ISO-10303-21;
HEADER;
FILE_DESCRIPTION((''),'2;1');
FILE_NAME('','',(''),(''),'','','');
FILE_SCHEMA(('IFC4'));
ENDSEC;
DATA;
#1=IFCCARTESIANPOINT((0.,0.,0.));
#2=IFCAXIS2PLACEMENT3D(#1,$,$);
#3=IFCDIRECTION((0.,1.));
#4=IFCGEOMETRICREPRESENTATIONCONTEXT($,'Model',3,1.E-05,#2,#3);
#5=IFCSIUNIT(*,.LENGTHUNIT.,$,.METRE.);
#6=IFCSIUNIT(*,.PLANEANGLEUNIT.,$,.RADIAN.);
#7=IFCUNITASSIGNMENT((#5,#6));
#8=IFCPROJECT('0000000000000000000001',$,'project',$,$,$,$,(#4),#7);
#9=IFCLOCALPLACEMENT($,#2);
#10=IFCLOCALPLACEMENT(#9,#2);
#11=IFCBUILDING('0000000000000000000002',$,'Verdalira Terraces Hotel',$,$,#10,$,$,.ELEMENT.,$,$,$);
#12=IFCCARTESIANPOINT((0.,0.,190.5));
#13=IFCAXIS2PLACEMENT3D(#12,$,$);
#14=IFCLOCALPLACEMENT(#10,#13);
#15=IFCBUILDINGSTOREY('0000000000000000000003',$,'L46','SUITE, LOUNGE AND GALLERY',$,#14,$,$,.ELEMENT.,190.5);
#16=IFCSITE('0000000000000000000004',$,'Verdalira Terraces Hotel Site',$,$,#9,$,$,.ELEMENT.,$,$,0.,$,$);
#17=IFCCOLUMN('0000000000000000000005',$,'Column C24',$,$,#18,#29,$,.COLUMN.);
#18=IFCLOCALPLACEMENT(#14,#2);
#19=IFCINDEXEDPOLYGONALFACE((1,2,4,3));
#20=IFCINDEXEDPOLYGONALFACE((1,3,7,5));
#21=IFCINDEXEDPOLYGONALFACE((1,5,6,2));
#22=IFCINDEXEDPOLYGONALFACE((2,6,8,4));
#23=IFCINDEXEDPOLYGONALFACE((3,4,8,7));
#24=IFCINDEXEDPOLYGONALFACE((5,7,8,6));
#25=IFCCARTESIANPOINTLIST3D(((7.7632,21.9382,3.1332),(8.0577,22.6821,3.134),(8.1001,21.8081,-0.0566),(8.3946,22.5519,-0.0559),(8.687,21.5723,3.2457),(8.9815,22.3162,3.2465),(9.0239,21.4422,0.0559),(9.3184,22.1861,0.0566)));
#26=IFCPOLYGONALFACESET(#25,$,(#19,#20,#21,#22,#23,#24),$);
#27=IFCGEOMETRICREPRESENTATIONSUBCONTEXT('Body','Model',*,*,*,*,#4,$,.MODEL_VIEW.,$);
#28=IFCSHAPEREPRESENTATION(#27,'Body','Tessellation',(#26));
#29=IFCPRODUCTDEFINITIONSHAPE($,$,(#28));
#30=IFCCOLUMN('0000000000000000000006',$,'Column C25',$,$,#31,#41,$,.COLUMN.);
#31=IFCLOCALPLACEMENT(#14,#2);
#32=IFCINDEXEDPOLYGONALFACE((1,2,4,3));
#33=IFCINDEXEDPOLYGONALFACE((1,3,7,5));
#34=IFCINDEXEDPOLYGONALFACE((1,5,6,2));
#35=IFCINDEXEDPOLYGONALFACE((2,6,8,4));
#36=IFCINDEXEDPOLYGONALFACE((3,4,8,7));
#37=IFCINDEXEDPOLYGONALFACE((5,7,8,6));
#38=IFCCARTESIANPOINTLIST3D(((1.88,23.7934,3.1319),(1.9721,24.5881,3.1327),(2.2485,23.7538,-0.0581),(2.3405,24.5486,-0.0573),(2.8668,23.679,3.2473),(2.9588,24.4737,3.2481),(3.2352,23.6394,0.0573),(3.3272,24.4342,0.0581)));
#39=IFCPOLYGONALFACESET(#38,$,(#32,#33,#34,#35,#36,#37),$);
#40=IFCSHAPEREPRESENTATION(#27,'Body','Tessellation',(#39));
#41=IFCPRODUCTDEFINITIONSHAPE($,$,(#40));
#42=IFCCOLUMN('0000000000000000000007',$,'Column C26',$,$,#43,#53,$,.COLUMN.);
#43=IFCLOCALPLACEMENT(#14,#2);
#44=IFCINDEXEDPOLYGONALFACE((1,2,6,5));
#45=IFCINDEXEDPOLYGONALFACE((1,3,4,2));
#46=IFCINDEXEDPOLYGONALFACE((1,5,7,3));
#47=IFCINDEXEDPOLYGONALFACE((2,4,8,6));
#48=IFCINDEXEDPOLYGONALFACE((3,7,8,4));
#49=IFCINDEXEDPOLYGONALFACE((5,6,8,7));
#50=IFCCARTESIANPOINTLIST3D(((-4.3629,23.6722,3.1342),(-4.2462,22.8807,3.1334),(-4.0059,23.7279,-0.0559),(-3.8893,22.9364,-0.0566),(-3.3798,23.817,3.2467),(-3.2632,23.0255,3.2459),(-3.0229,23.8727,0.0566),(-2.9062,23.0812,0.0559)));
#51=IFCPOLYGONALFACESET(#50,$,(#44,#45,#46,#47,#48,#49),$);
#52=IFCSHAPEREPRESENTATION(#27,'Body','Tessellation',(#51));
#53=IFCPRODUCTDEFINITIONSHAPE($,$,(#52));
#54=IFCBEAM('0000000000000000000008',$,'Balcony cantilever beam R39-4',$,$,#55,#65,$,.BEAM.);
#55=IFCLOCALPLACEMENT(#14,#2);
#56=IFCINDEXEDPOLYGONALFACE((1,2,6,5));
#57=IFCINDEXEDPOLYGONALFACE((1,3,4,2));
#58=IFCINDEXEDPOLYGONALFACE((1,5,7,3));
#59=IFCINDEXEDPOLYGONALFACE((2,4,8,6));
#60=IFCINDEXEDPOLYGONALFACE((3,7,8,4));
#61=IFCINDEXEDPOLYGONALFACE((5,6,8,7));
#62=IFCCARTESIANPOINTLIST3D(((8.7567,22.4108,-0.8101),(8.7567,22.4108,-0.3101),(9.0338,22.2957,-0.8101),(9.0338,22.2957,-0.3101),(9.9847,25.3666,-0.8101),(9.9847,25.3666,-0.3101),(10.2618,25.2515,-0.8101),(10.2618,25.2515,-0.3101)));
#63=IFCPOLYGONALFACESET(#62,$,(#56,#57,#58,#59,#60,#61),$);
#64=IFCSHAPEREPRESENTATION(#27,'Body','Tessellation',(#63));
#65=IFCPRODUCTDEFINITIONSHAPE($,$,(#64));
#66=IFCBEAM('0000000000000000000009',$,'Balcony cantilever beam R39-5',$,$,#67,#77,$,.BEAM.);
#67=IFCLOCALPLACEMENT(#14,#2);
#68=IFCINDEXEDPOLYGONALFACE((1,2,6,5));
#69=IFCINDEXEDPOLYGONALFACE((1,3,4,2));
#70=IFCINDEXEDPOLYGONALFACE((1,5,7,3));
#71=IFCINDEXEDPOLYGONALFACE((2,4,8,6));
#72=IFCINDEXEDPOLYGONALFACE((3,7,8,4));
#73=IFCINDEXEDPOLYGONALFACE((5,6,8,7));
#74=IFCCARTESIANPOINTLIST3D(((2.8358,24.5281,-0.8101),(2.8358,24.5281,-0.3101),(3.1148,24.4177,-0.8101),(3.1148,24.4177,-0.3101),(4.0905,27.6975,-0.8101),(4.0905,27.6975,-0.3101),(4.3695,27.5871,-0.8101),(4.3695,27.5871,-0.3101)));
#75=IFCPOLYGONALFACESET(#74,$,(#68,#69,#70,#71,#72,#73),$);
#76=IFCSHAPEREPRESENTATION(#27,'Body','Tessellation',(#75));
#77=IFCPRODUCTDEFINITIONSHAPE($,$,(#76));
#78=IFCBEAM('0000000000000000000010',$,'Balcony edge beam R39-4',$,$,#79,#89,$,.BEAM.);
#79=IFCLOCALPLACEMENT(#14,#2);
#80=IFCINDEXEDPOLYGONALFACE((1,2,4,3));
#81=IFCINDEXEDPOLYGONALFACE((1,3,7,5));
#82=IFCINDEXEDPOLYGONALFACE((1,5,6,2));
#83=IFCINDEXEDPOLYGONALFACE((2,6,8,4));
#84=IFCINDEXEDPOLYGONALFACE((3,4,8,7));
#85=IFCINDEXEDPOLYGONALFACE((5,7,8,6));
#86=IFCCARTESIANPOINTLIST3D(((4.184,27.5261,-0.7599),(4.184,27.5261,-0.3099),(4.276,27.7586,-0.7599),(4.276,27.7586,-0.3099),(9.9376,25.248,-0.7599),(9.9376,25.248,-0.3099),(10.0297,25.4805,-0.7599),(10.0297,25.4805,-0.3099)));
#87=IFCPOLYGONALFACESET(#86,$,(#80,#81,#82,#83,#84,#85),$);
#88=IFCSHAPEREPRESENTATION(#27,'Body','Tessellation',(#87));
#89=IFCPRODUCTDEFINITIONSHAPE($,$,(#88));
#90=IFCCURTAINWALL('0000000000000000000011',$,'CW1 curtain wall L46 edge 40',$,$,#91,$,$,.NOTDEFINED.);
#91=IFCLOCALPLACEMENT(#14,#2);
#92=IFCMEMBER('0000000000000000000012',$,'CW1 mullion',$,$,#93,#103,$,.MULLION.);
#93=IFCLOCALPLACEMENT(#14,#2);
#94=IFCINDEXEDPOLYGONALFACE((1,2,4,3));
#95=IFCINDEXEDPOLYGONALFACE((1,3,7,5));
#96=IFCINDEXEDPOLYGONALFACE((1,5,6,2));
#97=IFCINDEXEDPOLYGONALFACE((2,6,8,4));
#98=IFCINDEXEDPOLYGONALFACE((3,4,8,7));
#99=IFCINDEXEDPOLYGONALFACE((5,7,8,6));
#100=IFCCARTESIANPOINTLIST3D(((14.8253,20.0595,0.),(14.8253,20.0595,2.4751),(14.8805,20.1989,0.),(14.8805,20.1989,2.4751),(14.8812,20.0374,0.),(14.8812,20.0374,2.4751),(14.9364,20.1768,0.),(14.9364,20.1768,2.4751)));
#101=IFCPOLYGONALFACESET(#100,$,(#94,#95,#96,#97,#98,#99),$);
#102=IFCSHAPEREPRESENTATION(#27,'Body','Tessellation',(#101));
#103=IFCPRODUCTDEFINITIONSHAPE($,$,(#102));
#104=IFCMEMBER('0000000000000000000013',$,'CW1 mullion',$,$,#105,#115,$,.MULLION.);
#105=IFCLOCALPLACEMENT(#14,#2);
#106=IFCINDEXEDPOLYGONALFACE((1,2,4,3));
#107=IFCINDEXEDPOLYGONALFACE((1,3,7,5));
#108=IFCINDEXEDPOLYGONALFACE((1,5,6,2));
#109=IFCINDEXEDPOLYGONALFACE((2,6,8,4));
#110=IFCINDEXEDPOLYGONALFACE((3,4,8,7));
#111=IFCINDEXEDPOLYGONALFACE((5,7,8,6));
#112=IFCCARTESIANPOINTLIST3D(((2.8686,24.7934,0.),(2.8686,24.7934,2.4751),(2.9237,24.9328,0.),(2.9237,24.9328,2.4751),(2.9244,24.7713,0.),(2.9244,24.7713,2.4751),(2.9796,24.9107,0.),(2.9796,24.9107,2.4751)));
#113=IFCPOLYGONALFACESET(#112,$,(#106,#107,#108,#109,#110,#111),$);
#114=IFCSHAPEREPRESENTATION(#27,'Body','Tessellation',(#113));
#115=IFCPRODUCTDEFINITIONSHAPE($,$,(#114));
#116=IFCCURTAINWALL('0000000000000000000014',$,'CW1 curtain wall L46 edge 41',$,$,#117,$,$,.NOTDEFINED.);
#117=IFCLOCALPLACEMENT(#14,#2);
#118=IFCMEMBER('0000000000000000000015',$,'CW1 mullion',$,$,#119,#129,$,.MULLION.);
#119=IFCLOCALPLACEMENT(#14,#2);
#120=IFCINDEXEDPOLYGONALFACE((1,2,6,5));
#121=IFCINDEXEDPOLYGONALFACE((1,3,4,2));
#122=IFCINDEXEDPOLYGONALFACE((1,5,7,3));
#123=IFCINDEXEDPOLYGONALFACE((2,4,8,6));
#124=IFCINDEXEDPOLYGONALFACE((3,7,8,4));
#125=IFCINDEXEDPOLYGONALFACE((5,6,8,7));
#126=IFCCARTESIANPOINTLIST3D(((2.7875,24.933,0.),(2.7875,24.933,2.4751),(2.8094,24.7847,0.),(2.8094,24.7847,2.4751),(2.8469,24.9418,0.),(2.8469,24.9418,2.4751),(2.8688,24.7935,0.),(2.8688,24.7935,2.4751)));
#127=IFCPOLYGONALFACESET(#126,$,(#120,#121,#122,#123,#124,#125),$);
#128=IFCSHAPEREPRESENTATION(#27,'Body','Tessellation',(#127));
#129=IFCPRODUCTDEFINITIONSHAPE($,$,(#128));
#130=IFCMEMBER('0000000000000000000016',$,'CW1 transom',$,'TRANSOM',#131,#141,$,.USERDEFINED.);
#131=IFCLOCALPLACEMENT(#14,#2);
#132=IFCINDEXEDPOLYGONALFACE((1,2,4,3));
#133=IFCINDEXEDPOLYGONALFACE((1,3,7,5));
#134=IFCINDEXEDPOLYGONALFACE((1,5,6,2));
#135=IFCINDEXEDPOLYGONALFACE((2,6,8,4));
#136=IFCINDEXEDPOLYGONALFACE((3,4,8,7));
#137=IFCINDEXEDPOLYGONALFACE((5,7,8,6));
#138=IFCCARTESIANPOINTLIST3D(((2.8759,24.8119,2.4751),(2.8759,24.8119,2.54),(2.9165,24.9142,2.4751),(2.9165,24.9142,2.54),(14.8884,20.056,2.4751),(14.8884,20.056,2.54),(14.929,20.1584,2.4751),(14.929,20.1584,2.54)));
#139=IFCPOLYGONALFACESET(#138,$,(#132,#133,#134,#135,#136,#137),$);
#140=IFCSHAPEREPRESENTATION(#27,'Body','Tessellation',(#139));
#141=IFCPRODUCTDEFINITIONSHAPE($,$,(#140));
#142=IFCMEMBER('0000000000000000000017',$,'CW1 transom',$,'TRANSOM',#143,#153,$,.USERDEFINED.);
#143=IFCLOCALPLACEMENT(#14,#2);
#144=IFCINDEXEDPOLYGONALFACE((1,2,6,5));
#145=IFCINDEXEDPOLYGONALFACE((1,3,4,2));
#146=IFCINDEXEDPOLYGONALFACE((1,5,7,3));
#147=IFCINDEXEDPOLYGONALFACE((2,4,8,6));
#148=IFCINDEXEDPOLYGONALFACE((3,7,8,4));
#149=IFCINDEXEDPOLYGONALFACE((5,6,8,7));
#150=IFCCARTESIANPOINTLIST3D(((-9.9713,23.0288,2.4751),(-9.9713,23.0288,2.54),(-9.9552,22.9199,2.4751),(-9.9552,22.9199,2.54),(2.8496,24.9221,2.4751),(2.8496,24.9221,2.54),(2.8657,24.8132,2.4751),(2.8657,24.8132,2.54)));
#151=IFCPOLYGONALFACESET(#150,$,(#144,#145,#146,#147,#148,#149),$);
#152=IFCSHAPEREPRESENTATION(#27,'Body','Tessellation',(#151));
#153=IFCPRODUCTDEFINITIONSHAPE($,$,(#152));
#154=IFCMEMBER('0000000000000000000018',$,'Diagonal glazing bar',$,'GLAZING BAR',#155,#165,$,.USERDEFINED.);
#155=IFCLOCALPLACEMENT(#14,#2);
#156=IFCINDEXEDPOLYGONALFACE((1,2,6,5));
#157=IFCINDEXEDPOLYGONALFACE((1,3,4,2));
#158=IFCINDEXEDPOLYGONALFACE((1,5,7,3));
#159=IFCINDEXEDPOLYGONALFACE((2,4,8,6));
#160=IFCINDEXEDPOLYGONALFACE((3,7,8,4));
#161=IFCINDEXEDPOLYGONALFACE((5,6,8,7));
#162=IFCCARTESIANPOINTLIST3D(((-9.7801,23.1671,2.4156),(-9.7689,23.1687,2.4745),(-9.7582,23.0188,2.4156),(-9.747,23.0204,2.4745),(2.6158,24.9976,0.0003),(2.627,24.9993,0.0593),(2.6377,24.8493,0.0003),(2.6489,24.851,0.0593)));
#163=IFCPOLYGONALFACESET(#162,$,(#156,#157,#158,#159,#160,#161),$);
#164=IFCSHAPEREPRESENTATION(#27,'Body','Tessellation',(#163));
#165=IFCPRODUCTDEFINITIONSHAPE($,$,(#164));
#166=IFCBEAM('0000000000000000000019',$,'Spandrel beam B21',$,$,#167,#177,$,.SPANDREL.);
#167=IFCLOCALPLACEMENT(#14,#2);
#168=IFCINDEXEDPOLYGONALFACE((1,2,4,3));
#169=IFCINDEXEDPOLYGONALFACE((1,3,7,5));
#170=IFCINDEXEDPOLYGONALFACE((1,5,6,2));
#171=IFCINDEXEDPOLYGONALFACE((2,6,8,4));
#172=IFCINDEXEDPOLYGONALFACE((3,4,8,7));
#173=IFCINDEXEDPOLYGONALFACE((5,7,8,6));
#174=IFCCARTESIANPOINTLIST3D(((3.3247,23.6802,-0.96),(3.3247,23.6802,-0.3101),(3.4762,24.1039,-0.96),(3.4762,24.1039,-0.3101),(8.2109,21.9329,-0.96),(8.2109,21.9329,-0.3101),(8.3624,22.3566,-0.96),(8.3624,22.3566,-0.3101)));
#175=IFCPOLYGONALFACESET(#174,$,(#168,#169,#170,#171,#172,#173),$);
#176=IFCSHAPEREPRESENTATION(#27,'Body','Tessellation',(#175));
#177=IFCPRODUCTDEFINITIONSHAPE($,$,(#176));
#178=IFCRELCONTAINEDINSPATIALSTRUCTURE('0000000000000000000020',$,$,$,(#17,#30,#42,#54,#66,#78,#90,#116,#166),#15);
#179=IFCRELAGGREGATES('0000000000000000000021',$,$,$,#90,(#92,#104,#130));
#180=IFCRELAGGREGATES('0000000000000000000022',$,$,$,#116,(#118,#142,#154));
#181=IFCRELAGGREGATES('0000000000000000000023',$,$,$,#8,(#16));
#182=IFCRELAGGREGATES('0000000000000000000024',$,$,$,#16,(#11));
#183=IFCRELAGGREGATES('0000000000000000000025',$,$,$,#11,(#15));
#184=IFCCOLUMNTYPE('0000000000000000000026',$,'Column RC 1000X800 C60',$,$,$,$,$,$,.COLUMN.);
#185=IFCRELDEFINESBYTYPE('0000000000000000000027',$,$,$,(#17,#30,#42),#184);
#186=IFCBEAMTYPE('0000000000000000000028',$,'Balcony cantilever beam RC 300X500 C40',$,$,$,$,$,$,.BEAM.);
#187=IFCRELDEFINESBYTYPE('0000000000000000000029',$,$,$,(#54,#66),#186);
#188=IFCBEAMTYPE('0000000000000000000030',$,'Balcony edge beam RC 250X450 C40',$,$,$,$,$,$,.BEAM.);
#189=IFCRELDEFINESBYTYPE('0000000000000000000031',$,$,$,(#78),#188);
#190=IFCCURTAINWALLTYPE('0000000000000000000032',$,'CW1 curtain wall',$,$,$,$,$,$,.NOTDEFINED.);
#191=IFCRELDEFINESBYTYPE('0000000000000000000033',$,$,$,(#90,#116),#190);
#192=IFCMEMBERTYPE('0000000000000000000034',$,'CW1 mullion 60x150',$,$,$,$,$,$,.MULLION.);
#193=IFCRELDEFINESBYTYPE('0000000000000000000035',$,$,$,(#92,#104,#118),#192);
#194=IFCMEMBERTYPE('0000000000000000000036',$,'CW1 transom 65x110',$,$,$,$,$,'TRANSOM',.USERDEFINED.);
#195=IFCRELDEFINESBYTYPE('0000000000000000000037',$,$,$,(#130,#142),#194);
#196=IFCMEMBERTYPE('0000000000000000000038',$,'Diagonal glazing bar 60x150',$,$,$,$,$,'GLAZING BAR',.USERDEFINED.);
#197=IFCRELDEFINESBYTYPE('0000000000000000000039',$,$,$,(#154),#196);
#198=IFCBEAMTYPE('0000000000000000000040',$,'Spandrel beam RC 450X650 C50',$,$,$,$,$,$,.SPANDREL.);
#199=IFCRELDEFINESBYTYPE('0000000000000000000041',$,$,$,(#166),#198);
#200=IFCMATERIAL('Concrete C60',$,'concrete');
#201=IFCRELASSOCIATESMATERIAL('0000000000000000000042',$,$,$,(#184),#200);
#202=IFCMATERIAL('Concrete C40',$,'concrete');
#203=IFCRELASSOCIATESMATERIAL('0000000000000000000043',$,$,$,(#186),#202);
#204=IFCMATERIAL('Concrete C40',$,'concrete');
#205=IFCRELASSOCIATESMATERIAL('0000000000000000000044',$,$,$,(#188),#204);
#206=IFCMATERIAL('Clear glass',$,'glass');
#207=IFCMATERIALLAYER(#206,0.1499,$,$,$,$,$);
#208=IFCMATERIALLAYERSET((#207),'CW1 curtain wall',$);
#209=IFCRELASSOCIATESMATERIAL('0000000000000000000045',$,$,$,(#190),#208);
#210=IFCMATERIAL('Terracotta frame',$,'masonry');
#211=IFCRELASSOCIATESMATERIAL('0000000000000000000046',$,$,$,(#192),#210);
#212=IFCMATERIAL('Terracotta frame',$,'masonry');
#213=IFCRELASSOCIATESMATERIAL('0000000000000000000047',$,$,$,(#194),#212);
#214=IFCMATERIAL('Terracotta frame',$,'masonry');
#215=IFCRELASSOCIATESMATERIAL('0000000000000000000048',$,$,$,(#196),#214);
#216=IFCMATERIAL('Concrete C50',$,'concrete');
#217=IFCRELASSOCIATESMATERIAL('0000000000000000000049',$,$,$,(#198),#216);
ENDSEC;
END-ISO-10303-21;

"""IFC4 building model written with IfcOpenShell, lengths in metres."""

from ifc_helpers import new_model, si_unit, direction, frame, origin, origin_2d, place, context, subcontext, project, spatial, rectangle, extrude, material, layer, layer_set, material_profile, profile_set, type_object, element, aggregate, save


model = new_model("IFC4")

# Units and contexts
model_context = context("Model", 3, precision=1e-05, world=origin(), true_north=direction((0.0, 1.0)))
body_context = subcontext(model_context, "Body", "Model", "MODEL_VIEW")
ifc_project = project(units=[si_unit("LENGTHUNIT", "METRE"), si_unit("PLANEANGLEUNIT", "RADIAN")], contexts=[model_context])

# Site, building, storey
site_placement = place(None, origin())
site = spatial("IfcSite", under=ifc_project, at=site_placement, Name="Verdalira Terraces Hotel Site", CompositionType="ELEMENT", RefElevation=0.0)
building_placement = place(site_placement, origin())
building = spatial("IfcBuilding", under=site, at=building_placement, Name="Verdalira Terraces Hotel", CompositionType="ELEMENT")
storey_placement = place(building_placement, frame((0.0, 0.0, 190.5)))
storey = spatial("IfcBuildingStorey", under=building, at=storey_placement, Name="L46", Description="SUITE, LOUNGE AND GALLERY", CompositionType="ELEMENT", Elevation=190.5)

# Columns
ifc_material_1 = material(Name="Concrete C60", Category="concrete")
ifc_material_profile_1 = material_profile(ifc_material_1, rectangle(XDim=1.0, YDim=0.8, at=origin_2d()), Name="RC 1000X800")
ifc_profile_set_1 = profile_set([ifc_material_profile_1], Name="Concrete C60")
column_type = type_object("IfcColumnType", Name="Column RC 1000X800 C60", PredefinedType="COLUMN", material=ifc_profile_set_1)
column_1_placement = place(storey_placement, frame((8.7092, 21.9971, 0.0), z_axis=(-0.104947, 0.040534, 0.993651), x_axis=(-0.923846, 0.365858, -0.112499)))
element("IfcColumn", 1, at=column_1_placement, inside=storey, type_object=column_type, Name="Column C24", PredefinedType="COLUMN", context=body_context, shape_type="SweptSolid", body=[
    extrude(rectangle(XDim=1.0, YDim=0.8, at=origin_2d()), origin(), (0.0, 0.0, 1.0), 3.2102),
])
column_2_placement = place(storey_placement, frame((2.7878, 24.094, 0.0), z_axis=(-0.114719, 0.012316, 0.993322), x_axis=(0.986711, -0.114411, 0.115374)))
element("IfcColumn", 2, at=column_2_placement, inside=storey, type_object=column_type, Name="Column C25", PredefinedType="COLUMN", context=body_context, shape_type="SweptSolid", body=[
    extrude(rectangle(XDim=1.0, YDim=0.8, at=origin_2d()), origin(), (0.0, 0.0, 1.0), 3.2114),
])
column_3_placement = place(storey_placement, frame((-3.4561, 23.4045, 0.0), z_axis=(-0.111183, -0.017339, 0.993649), x_axis=(-0.983046, -0.144773, -0.112523)))
element("IfcColumn", 3, at=column_3_placement, inside=storey, type_object=column_type, Name="Column C26", PredefinedType="COLUMN", context=body_context, shape_type="SweptSolid", body=[
    extrude(rectangle(XDim=1.0, YDim=0.8, at=origin_2d()), origin(), (0.0, 0.0, 1.0), 3.2104),
])

# Beams
ifc_material_2 = material(Name="Concrete C40", Category="concrete")
ifc_material_profile_2 = material_profile(ifc_material_2, rectangle(XDim=0.3, YDim=0.5, at=origin_2d()), Name="RC 300X500")
ifc_profile_set_2 = profile_set([ifc_material_profile_2], Name="Concrete C40")
beam_type_1 = type_object("IfcBeamType", Name="Balcony cantilever beam RC 300X500 C40", PredefinedType="BEAM", material=ifc_profile_set_2)
beam_1_placement = place(storey_placement, frame((8.8953, 22.3533, -0.5601), z_axis=(0.383667, 0.923471, 0.0), x_axis=(-0.923471, 0.383667, 0.0)))
element("IfcBeam", 4, at=beam_1_placement, inside=storey, type_object=beam_type_1, Name="Balcony cantilever beam R39-4", PredefinedType="BEAM", context=body_context, shape_type="SweptSolid", body=[
    extrude(rectangle(XDim=0.3, YDim=0.5, at=origin_2d()), origin(), (0.0, 0.0, 1.0), 3.2007),
])
beam_2_placement = place(storey_placement, frame((2.9753, 24.4729, -0.5601), z_axis=(0.368067, 0.929799, 0.0), x_axis=(-0.929799, 0.368067, 0.0)))
element("IfcBeam", 5, at=beam_2_placement, inside=storey, type_object=beam_type_1, Name="Balcony cantilever beam R39-5", PredefinedType="BEAM", context=body_context, shape_type="SweptSolid", body=[
    extrude(rectangle(XDim=0.3, YDim=0.5, at=origin_2d()), origin(), (0.0, 0.0, 1.0), 3.4087),
])
ifc_material_3 = material(Name="Concrete C40", Category="concrete")
ifc_material_profile_3 = material_profile(ifc_material_3, rectangle(XDim=0.25, YDim=0.45, at=origin_2d()), Name="RC 250X450")
ifc_profile_set_3 = profile_set([ifc_material_profile_3], Name="Concrete C40")
beam_type_2 = type_object("IfcBeamType", Name="Balcony edge beam RC 250X450 C40", PredefinedType="BEAM", material=ifc_profile_set_3)
beam_3_placement = place(storey_placement, frame((9.9836, 25.3643, -0.5349), z_axis=(-0.929774, 0.36813, 0.0), x_axis=(-0.36813, -0.929774, 0.0)))
element("IfcBeam", 6, at=beam_3_placement, inside=storey, type_object=beam_type_2, Name="Balcony edge beam R39-4", PredefinedType="BEAM", context=body_context, shape_type="SweptSolid", body=[
    extrude(rectangle(XDim=0.25, YDim=0.45, at=origin_2d()), origin(), (0.0, 0.0, 1.0), 6.1882),
])

# Curtain wall, members
ifc_material_4 = material(Name="Clear glass", Category="glass")
ifc_layer_1 = layer(ifc_material_4, 0.1499)
ifc_layer_set_1 = layer_set([ifc_layer_1], Name="CW1 curtain wall")
curtain_wall_type = type_object("IfcCurtainWallType", Name="CW1 curtain wall", PredefinedType="NOTDEFINED", material=ifc_layer_set_1)
curtain_wall_1_placement = place(storey_placement, origin())
curtain_wall_1 = element("IfcCurtainWall", 7, at=curtain_wall_1_placement, inside=storey, type_object=curtain_wall_type, Name="CW1 curtain wall L46 edge 40", PredefinedType="NOTDEFINED")
ifc_material_5 = material(Name="Terracotta frame", Category="masonry")
ifc_material_profile_4 = material_profile(ifc_material_5, rectangle(XDim=0.0601, YDim=0.1499, at=origin_2d()), Name="MU 60x150")
ifc_profile_set_4 = profile_set([ifc_material_profile_4], Name="Terracotta frame")
member_type_1 = type_object("IfcMemberType", Name="CW1 mullion 60x150", PredefinedType="MULLION", material=ifc_profile_set_4)
member_1_placement = place(storey_placement, frame((14.8809, 20.1182, 0.0), z_axis=(0.0, 0.0, 1.0), x_axis=(-0.929776, 0.368125, 0.0)))
member_1 = element("IfcMember", 8, at=member_1_placement, type_object=member_type_1, Name="CW1 mullion", PredefinedType="MULLION", context=body_context, shape_type="SweptSolid", body=[
    extrude(rectangle(XDim=0.0601, YDim=0.1499, at=origin_2d()), origin(), (0.0, 0.0, 1.0), 2.4751),
])
member_2_placement = place(storey_placement, frame((2.9241, 24.8521, 0.0), z_axis=(0.0, 0.0, 1.0), x_axis=(-0.929776, 0.368125, 0.0)))
member_2 = element("IfcMember", 9, at=member_2_placement, type_object=member_type_1, Name="CW1 mullion", PredefinedType="MULLION", context=body_context, shape_type="SweptSolid", body=[
    extrude(rectangle(XDim=0.0601, YDim=0.1499, at=origin_2d()), origin(), (0.0, 0.0, 1.0), 2.4751),
])

# Curtain wall, member
curtain_wall_2_placement = place(storey_placement, origin())
curtain_wall_2 = element("IfcCurtainWall", 10, at=curtain_wall_2_placement, inside=storey, type_object=curtain_wall_type, Name="CW1 curtain wall L46 edge 41", PredefinedType="NOTDEFINED")
member_3_placement = place(storey_placement, frame((2.8281, 24.8633, 0.0), z_axis=(0.0, 0.0, 1.0), x_axis=(-0.989272, -0.146083, 0.0)))
member_3 = element("IfcMember", 11, at=member_3_placement, type_object=member_type_1, Name="CW1 mullion", PredefinedType="MULLION", context=body_context, shape_type="SweptSolid", body=[
    extrude(rectangle(XDim=0.0601, YDim=0.1499, at=origin_2d()), origin(), (0.0, 0.0, 1.0), 2.4751),
])

# Members
ifc_material_6 = material(Name="Terracotta frame", Category="masonry")
ifc_material_profile_5 = material_profile(ifc_material_6, rectangle(XDim=0.1101, YDim=0.0649, at=origin_2d()), Name="TR 65x110")
ifc_profile_set_5 = profile_set([ifc_material_profile_5], Name="Terracotta frame")
member_type_2 = type_object("IfcMemberType", Name="CW1 transom 65x110", ElementType="TRANSOM", PredefinedType="USERDEFINED", material=ifc_profile_set_5)
member_4_placement = place(storey_placement, frame((14.9087, 20.1072, 2.5076), z_axis=(-0.929782, 0.368111, 0.0), x_axis=(-0.368111, -0.929782, 0.0)))
member_4 = element("IfcMember", 12, at=member_4_placement, type_object=member_type_2, Name="CW1 transom", ObjectType="TRANSOM", PredefinedType="USERDEFINED", context=body_context, shape_type="SweptSolid", body=[
    extrude(rectangle(XDim=0.1101, YDim=0.0649, at=origin_2d()), origin(), (0.0, 0.0, 1.0), 12.9197),
])
member_5_placement = place(storey_placement, frame((2.8577, 24.8677, 2.5076), z_axis=(-0.989271, -0.146091, 0.0), x_axis=(0.146091, -0.989271, 0.0)))
member_5 = element("IfcMember", 13, at=member_5_placement, type_object=member_type_2, Name="CW1 transom", ObjectType="TRANSOM", PredefinedType="USERDEFINED", context=body_context, shape_type="SweptSolid", body=[
    extrude(rectangle(XDim=0.1101, YDim=0.0649, at=origin_2d()), origin(), (0.0, 0.0, 1.0), 12.96),
])
ifc_material_7 = material(Name="Terracotta frame", Category="masonry")
ifc_material_profile_6 = material_profile(ifc_material_7, rectangle(XDim=0.1499, YDim=0.0601, at=origin_2d()), Name="GB 60x150")
ifc_profile_set_6 = profile_set([ifc_material_profile_6], Name="Terracotta frame")
member_type_3 = type_object("IfcMemberType", Name="Diagonal glazing bar 60x150", ElementType="GLAZING BAR", PredefinedType="USERDEFINED", material=ifc_profile_set_6)
member_6_placement = place(storey_placement, frame((2.6323, 24.9243, 0.0298), z_axis=(-0.97139, -0.143449, 0.189269), x_axis=(0.14609, -0.989271, 0.0)))
member_6 = element("IfcMember", 14, at=member_6_placement, type_object=member_type_3, Name="Diagonal glazing bar", ObjectType="GLAZING BAR", PredefinedType="USERDEFINED", context=body_context, shape_type="SweptSolid", body=[
    extrude(rectangle(XDim=0.1499, YDim=0.0601, at=origin_2d()), origin(), (0.0, 0.0, 1.0), 12.761),
])

# Beam
ifc_material_8 = material(Name="Concrete C50", Category="concrete")
ifc_material_profile_7 = material_profile(ifc_material_8, rectangle(XDim=0.45, YDim=0.6499, at=origin_2d()), Name="RC 450X650")
ifc_profile_set_7 = profile_set([ifc_material_profile_7], Name="Concrete C50")
beam_type_3 = type_object("IfcBeamType", Name="Spandrel beam RC 450X650 C50", PredefinedType="SPANDREL", material=ifc_profile_set_7)
beam_4_placement = place(storey_placement, frame((8.2866, 22.1448, -0.635), z_axis=(-0.941606, 0.336718, 0.0), x_axis=(-0.336718, -0.941606, 0.0)))
element("IfcBeam", 15, at=beam_4_placement, inside=storey, type_object=beam_type_3, Name="Spandrel beam B21", PredefinedType="SPANDREL", context=body_context, shape_type="SweptSolid", body=[
    extrude(rectangle(XDim=0.45, YDim=0.6499, at=origin_2d()), origin(), (0.0, 0.0, 1.0), 5.1892),
])

aggregate(curtain_wall_1, [member_1, member_2, member_4])
aggregate(curtain_wall_2, [member_3, member_5, member_6])

save(model, "model.ifc")
